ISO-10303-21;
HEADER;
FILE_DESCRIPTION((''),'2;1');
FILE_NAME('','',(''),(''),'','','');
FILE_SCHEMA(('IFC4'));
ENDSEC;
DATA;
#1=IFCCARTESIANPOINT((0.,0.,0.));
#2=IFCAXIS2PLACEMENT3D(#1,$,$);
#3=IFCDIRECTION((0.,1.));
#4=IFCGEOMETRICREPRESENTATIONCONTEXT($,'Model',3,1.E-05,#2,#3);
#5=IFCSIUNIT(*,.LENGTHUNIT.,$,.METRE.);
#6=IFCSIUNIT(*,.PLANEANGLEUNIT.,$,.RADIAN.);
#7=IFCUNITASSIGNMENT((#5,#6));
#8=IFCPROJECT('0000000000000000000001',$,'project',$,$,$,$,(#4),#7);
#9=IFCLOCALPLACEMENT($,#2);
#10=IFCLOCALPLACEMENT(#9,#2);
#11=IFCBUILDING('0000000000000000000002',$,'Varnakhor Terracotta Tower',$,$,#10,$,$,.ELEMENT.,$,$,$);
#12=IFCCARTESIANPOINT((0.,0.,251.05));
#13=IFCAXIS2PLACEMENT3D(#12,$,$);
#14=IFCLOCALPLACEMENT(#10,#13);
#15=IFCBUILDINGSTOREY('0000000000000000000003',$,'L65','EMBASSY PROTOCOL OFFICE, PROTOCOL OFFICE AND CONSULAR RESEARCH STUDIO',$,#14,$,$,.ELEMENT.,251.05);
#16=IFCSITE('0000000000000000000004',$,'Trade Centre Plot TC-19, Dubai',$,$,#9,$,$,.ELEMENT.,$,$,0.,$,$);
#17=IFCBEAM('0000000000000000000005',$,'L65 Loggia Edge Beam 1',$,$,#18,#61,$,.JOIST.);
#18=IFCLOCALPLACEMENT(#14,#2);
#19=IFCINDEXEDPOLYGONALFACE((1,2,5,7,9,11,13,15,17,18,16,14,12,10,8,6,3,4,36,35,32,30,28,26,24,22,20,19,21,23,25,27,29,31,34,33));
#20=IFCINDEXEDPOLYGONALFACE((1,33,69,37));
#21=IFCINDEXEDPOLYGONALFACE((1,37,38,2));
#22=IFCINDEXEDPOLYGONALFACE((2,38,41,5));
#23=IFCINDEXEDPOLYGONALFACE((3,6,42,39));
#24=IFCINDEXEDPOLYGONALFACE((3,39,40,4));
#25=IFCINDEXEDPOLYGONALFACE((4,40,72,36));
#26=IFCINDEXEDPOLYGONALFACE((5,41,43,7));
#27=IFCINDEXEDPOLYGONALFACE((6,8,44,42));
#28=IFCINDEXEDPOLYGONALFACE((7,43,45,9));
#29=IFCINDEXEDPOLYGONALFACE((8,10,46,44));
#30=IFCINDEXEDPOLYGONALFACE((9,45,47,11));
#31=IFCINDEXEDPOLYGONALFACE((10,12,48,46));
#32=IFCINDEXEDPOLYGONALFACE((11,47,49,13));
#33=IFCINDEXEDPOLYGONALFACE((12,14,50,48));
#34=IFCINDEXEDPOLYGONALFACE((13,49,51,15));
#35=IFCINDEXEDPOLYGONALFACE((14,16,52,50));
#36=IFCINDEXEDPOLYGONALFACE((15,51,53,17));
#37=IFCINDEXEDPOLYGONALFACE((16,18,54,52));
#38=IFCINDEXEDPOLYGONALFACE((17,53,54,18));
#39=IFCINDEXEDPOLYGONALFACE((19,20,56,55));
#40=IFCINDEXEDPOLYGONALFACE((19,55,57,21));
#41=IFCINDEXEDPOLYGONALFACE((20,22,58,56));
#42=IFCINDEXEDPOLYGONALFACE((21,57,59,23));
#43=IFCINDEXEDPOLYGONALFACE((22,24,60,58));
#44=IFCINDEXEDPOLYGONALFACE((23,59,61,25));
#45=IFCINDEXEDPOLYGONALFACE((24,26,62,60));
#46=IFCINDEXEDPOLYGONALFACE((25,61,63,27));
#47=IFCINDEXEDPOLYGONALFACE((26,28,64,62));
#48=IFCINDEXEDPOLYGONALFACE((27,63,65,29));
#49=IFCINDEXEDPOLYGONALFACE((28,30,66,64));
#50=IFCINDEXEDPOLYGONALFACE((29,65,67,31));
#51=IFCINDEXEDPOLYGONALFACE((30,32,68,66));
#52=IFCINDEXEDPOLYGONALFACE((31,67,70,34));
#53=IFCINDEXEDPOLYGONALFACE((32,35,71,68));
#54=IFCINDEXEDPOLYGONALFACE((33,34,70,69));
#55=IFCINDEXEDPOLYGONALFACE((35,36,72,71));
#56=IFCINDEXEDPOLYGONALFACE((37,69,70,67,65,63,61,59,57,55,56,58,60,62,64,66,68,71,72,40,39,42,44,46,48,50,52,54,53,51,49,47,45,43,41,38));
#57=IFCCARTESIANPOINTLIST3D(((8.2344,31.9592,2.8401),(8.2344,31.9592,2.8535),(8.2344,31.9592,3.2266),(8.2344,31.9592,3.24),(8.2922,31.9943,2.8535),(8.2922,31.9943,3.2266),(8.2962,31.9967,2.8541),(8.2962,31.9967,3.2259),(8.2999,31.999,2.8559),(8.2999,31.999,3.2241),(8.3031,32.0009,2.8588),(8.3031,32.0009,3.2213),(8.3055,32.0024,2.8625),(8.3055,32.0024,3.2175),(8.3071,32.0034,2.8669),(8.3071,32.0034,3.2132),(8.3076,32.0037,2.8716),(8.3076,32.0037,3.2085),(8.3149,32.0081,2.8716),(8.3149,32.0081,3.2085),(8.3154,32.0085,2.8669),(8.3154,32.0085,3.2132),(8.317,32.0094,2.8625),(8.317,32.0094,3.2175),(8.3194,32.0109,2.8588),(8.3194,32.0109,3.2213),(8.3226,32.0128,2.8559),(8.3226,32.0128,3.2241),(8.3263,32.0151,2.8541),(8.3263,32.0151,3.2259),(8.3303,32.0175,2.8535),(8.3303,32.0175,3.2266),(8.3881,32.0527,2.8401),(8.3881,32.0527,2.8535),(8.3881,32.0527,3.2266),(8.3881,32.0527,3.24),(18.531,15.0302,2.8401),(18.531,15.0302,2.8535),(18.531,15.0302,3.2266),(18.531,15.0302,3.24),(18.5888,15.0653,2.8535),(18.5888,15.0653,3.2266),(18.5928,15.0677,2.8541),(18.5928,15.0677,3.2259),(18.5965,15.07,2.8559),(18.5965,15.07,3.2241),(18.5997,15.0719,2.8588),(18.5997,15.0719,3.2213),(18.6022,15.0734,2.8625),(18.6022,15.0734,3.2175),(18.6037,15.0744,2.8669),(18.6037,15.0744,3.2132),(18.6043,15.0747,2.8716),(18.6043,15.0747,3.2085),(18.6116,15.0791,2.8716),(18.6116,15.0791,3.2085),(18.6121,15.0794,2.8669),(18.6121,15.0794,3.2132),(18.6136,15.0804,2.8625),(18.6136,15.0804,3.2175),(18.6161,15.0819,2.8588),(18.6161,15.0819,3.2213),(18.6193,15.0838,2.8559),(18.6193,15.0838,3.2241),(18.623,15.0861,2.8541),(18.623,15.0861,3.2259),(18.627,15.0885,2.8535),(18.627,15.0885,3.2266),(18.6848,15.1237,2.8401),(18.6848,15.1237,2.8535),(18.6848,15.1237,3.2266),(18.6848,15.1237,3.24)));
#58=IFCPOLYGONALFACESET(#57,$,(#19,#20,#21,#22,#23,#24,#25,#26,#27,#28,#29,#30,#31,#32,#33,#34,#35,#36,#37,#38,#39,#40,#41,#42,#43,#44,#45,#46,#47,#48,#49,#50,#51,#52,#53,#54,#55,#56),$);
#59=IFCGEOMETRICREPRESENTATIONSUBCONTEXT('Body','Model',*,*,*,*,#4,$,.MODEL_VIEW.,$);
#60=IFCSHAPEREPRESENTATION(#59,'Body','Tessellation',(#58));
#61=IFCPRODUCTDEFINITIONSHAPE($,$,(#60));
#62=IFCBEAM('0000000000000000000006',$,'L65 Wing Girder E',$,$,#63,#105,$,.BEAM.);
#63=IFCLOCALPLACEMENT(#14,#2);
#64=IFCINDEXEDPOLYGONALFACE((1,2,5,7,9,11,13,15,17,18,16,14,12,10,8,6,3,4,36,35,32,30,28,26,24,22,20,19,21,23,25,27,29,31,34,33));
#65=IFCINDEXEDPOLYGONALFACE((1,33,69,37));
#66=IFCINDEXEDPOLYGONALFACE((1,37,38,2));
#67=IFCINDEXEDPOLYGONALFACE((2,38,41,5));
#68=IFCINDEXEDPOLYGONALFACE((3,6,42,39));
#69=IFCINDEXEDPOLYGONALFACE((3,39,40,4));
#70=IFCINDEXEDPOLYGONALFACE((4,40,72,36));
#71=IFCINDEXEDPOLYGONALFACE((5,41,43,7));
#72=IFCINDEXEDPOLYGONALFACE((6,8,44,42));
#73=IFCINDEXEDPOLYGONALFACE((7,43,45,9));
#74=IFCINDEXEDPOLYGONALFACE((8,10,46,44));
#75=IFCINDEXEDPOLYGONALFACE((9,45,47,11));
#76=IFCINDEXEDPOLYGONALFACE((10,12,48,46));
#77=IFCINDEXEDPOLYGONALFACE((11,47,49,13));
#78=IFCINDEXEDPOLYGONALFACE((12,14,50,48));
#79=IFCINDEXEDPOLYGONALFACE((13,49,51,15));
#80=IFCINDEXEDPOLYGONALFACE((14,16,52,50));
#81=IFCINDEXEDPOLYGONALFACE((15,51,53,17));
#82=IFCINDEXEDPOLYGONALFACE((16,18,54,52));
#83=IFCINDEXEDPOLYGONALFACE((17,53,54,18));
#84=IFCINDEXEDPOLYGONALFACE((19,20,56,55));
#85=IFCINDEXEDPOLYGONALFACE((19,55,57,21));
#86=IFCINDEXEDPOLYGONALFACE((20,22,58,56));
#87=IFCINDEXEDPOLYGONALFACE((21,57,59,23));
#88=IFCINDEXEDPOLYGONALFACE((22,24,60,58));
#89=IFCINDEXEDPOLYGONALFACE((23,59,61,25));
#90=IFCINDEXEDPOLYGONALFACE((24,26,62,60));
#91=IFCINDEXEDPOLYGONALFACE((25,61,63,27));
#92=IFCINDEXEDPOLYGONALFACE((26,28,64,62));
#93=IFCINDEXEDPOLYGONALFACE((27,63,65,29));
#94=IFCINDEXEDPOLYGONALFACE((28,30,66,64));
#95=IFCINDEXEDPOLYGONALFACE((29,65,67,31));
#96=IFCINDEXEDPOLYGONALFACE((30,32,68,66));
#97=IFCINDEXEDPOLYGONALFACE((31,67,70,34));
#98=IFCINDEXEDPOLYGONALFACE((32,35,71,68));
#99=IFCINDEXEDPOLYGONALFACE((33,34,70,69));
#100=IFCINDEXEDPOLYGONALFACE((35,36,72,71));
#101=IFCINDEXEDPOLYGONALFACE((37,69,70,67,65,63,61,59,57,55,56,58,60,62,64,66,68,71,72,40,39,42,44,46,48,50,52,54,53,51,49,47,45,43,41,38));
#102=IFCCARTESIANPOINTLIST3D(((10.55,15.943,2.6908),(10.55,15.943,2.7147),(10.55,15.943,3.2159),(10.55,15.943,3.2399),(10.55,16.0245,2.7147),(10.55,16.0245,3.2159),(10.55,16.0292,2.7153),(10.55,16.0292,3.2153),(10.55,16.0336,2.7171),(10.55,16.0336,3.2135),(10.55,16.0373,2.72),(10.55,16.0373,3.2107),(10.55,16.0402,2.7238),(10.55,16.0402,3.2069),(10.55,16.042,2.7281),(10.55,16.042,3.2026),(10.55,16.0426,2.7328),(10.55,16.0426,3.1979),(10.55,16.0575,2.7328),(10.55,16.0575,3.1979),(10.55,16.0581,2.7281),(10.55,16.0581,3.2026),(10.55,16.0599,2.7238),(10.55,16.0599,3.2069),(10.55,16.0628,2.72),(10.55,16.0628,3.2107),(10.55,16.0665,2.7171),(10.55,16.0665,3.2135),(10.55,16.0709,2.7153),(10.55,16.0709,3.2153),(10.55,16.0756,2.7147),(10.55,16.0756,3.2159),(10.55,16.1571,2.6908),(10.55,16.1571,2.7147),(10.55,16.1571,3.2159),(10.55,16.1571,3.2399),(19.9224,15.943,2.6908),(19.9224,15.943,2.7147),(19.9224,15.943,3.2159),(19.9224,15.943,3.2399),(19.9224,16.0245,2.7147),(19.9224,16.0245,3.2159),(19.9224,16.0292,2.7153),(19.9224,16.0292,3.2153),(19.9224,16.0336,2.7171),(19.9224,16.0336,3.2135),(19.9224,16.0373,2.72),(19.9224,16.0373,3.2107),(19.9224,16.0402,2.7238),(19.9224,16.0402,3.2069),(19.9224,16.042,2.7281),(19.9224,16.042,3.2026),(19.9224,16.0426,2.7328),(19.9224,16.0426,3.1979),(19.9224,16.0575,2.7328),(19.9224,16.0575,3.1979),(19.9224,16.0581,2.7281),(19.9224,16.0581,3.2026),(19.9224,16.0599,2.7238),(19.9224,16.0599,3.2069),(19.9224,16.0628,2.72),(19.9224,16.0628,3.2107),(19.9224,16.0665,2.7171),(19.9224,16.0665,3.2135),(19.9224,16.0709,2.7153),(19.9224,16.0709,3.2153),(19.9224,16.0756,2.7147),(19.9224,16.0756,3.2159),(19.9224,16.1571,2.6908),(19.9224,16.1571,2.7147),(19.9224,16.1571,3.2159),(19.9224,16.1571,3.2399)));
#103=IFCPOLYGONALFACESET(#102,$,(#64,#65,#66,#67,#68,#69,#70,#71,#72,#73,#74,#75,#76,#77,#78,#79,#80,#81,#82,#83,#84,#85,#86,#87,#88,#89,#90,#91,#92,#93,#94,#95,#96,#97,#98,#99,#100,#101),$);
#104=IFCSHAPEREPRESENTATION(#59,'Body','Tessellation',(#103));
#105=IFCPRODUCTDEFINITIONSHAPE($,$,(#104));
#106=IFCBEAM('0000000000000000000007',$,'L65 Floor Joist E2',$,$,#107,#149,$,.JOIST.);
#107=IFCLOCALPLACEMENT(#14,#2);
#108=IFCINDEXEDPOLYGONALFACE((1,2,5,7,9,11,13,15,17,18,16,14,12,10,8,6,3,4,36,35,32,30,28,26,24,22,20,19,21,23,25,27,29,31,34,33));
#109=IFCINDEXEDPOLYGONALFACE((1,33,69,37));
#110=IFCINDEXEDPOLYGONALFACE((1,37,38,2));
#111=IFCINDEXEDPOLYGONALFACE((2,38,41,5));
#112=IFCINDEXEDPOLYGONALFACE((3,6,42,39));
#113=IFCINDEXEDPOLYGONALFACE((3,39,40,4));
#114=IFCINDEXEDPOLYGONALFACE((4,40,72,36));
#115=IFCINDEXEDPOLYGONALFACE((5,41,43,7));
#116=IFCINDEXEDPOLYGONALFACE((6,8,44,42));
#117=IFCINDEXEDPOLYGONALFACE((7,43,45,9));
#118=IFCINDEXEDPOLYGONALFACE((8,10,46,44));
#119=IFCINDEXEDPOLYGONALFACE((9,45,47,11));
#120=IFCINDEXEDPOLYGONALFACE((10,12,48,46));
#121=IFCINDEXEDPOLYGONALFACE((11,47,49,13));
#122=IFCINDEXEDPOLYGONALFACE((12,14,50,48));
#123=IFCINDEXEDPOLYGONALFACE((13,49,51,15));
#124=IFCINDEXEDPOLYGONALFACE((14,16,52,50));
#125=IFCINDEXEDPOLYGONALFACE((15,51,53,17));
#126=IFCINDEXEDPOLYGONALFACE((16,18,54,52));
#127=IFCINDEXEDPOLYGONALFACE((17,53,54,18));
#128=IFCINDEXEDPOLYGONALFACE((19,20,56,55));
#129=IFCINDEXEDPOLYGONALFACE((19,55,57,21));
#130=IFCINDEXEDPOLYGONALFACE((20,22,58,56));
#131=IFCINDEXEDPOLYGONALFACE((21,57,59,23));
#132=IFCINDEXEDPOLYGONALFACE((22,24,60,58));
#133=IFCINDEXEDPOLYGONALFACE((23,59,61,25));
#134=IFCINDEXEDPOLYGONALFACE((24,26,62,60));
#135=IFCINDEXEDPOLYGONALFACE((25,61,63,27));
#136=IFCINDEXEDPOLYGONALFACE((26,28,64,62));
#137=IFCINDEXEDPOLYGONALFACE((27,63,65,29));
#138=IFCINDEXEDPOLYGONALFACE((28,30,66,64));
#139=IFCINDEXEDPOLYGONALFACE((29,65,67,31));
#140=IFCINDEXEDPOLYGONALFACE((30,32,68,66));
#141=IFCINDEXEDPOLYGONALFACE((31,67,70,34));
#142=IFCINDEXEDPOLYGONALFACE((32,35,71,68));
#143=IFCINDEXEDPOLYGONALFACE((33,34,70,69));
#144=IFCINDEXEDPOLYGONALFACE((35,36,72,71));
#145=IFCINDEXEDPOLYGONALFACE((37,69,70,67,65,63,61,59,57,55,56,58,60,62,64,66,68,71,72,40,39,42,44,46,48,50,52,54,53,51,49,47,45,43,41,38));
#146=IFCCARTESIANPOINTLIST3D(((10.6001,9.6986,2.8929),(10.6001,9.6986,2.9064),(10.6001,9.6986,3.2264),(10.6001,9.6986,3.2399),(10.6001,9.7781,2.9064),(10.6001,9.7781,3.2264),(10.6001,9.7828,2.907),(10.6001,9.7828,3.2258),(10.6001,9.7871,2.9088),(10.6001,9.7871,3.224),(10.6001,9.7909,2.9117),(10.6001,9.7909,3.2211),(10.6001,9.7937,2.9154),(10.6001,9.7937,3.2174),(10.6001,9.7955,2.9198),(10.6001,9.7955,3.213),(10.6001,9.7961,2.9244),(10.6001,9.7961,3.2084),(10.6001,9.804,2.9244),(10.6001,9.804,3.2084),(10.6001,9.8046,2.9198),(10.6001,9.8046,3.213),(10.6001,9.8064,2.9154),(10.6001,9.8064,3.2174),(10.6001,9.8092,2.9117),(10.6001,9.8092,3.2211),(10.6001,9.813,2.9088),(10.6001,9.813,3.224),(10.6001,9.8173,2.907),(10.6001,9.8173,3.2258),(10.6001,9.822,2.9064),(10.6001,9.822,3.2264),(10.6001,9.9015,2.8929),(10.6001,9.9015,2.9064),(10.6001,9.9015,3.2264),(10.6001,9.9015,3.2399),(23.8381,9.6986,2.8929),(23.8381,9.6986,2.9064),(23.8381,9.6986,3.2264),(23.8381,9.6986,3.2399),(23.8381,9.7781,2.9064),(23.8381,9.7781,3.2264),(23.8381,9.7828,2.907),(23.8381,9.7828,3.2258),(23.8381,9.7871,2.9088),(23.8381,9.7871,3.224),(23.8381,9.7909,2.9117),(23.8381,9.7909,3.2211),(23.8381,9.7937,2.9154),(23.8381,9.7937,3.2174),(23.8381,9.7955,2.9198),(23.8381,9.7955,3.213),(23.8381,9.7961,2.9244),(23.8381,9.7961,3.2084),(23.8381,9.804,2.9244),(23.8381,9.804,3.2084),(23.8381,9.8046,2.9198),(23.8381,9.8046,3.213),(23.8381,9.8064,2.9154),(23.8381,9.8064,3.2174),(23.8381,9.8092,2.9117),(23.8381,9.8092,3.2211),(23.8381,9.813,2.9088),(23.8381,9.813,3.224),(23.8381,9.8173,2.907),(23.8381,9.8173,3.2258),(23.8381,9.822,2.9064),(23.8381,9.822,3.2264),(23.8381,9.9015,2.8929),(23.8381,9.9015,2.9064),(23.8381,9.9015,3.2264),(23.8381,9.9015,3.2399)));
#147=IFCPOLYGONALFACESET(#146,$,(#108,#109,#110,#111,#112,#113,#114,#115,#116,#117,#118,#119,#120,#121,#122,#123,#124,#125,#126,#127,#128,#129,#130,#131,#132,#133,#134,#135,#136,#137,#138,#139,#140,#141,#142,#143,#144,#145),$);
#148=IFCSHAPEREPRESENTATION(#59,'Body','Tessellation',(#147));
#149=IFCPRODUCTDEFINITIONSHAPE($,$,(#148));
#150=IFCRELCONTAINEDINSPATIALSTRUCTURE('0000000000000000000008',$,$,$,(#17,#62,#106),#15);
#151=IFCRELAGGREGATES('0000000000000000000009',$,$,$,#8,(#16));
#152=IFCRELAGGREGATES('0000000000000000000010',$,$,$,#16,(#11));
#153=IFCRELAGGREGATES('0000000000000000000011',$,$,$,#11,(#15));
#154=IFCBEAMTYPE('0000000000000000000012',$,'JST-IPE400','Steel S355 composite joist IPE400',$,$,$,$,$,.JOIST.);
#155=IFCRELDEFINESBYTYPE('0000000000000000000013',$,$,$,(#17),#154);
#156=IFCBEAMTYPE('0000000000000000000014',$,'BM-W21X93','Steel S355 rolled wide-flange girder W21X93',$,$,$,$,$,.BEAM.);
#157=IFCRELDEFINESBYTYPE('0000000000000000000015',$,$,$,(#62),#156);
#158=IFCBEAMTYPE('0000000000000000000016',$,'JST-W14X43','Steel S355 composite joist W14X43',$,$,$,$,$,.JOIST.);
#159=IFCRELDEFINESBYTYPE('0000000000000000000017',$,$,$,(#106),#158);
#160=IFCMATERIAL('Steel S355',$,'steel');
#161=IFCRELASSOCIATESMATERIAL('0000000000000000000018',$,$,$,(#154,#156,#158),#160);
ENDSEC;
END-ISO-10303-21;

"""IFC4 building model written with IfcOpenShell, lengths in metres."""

from ifc_helpers import new_model, si_unit, direction, frame, origin, origin_2d, place, context, subcontext, project, spatial, i_section, extrude, source, transform, mapped, material, material_profile, profile_set, type_object, element, save


model = new_model("IFC4")

# Units and contexts
model_context = context("Model", 3, precision=1e-05, world=origin(), true_north=direction((0.0, 1.0)))
body_context = subcontext(model_context, "Body", "Model", "MODEL_VIEW")
ifc_project = project(units=[si_unit("LENGTHUNIT", "METRE"), si_unit("PLANEANGLEUNIT", "RADIAN")], contexts=[model_context])

# Site, building, storey
site_placement = place(None, origin())
site = spatial("IfcSite", under=ifc_project, at=site_placement, Name="Trade Centre Plot TC-19, Dubai", CompositionType="ELEMENT", RefElevation=0.0)
building_placement = place(site_placement, origin())
building = spatial("IfcBuilding", under=site, at=building_placement, Name="Varnakhor Terracotta Tower", CompositionType="ELEMENT")
storey_placement = place(building_placement, frame((0.0, 0.0, 251.05)))
storey = spatial("IfcBuildingStorey", under=building, at=storey_placement, Name="L65", Description="EMBASSY PROTOCOL OFFICE, PROTOCOL OFFICE AND CONSULAR RESEARCH STUDIO", CompositionType="ELEMENT", Elevation=251.05)

# Beams
ifc_material_1 = material(Name="Steel S355", Category="steel")
ifc_material_profile_1 = material_profile(ifc_material_1, i_section(OverallWidth=0.1799, OverallDepth=0.3999, WebThickness=0.0085, FlangeThickness=0.0134, FilletRadius=0.0181, at=origin_2d()), Name="IPE400")
ifc_profile_set_1 = profile_set([ifc_material_profile_1], Name="Steel S355")
beam_type_1 = type_object("IfcBeamType", Name="JST-IPE400", Description="Steel S355 composite joist IPE400", PredefinedType="JOIST", material=ifc_profile_set_1)
shared_shape_1 = source(origin(), body_context, "Body", "SweptSolid", [
    extrude(i_section(OverallWidth=0.1799, OverallDepth=0.3999, WebThickness=0.0085, FlangeThickness=0.0134, FilletRadius=0.0181, at=origin_2d()), origin(), (0.0, 0.0, 1.0), 19.8145),
])
beam_1_placement = place(storey_placement, frame((18.6079, 15.0769, 3.04), z_axis=(-0.519654, 0.854377, 0.0), x_axis=(-0.854377, -0.519654, 0.0)))
element("IfcBeam", 1, at=beam_1_placement, inside=storey, type_object=beam_type_1, Name="L65 Loggia Edge Beam 1", PredefinedType="JOIST", context=body_context, shape_type="MappedRepresentation", body=[
    mapped(shared_shape_1, transform((0.0, 0.0, 0.0), scale=1.0)),
])
ifc_material_profile_2 = material_profile(ifc_material_1, i_section(OverallWidth=0.2141, OverallDepth=0.5491, WebThickness=0.0149, FlangeThickness=0.0239, FilletRadius=0.0181, at=origin_2d()), Name="W21X93")
ifc_profile_set_2 = profile_set([ifc_material_profile_2], Name="Steel S355")
beam_type_2 = type_object("IfcBeamType", Name="BM-W21X93", Description="Steel S355 rolled wide-flange girder W21X93", PredefinedType="BEAM", material=ifc_profile_set_2)
shared_shape_2 = source(origin(), body_context, "Body", "SweptSolid", [
    extrude(i_section(OverallWidth=0.2141, OverallDepth=0.5491, WebThickness=0.0149, FlangeThickness=0.0239, FilletRadius=0.0181, at=origin_2d()), origin(), (0.0, 0.0, 1.0), 9.3723),
])
beam_2_placement = place(storey_placement, frame((10.55, 16.05, 2.9653), z_axis=(1.0, 0.0, 0.0), x_axis=(0.0, 1.0, 0.0)))
element("IfcBeam", 2, at=beam_2_placement, inside=storey, type_object=beam_type_2, Name="L65 Wing Girder E", PredefinedType="BEAM", context=body_context, shape_type="MappedRepresentation", body=[
    mapped(shared_shape_2, transform((0.0, 0.0, 0.0), scale=1.0)),
])
ifc_material_profile_3 = material_profile(ifc_material_1, i_section(OverallWidth=0.2029, OverallDepth=0.3469, WebThickness=0.0078, FlangeThickness=0.0134, FilletRadius=0.0181, at=origin_2d()), Name="W14X43")
ifc_profile_set_3 = profile_set([ifc_material_profile_3], Name="Steel S355")
beam_type_3 = type_object("IfcBeamType", Name="JST-W14X43", Description="Steel S355 composite joist W14X43", PredefinedType="JOIST", material=ifc_profile_set_3)
shared_shape_3 = source(origin(), body_context, "Body", "SweptSolid", [
    extrude(i_section(OverallWidth=0.2029, OverallDepth=0.3469, WebThickness=0.0078, FlangeThickness=0.0134, FilletRadius=0.0181, at=origin_2d()), origin(), (0.0, 0.0, 1.0), 13.238),
])
beam_3_placement = place(storey_placement, frame((10.6001, 9.8, 3.0664), z_axis=(1.0, 0.0, 0.0), x_axis=(0.0, 1.0, 0.0)))
element("IfcBeam", 3, at=beam_3_placement, inside=storey, type_object=beam_type_3, Name="L65 Floor Joist E2", PredefinedType="JOIST", context=body_context, shape_type="MappedRepresentation", body=[
    mapped(shared_shape_3, transform((0.0, 0.0, 0.0), scale=1.0)),
])

save(model, "model.ifc")
